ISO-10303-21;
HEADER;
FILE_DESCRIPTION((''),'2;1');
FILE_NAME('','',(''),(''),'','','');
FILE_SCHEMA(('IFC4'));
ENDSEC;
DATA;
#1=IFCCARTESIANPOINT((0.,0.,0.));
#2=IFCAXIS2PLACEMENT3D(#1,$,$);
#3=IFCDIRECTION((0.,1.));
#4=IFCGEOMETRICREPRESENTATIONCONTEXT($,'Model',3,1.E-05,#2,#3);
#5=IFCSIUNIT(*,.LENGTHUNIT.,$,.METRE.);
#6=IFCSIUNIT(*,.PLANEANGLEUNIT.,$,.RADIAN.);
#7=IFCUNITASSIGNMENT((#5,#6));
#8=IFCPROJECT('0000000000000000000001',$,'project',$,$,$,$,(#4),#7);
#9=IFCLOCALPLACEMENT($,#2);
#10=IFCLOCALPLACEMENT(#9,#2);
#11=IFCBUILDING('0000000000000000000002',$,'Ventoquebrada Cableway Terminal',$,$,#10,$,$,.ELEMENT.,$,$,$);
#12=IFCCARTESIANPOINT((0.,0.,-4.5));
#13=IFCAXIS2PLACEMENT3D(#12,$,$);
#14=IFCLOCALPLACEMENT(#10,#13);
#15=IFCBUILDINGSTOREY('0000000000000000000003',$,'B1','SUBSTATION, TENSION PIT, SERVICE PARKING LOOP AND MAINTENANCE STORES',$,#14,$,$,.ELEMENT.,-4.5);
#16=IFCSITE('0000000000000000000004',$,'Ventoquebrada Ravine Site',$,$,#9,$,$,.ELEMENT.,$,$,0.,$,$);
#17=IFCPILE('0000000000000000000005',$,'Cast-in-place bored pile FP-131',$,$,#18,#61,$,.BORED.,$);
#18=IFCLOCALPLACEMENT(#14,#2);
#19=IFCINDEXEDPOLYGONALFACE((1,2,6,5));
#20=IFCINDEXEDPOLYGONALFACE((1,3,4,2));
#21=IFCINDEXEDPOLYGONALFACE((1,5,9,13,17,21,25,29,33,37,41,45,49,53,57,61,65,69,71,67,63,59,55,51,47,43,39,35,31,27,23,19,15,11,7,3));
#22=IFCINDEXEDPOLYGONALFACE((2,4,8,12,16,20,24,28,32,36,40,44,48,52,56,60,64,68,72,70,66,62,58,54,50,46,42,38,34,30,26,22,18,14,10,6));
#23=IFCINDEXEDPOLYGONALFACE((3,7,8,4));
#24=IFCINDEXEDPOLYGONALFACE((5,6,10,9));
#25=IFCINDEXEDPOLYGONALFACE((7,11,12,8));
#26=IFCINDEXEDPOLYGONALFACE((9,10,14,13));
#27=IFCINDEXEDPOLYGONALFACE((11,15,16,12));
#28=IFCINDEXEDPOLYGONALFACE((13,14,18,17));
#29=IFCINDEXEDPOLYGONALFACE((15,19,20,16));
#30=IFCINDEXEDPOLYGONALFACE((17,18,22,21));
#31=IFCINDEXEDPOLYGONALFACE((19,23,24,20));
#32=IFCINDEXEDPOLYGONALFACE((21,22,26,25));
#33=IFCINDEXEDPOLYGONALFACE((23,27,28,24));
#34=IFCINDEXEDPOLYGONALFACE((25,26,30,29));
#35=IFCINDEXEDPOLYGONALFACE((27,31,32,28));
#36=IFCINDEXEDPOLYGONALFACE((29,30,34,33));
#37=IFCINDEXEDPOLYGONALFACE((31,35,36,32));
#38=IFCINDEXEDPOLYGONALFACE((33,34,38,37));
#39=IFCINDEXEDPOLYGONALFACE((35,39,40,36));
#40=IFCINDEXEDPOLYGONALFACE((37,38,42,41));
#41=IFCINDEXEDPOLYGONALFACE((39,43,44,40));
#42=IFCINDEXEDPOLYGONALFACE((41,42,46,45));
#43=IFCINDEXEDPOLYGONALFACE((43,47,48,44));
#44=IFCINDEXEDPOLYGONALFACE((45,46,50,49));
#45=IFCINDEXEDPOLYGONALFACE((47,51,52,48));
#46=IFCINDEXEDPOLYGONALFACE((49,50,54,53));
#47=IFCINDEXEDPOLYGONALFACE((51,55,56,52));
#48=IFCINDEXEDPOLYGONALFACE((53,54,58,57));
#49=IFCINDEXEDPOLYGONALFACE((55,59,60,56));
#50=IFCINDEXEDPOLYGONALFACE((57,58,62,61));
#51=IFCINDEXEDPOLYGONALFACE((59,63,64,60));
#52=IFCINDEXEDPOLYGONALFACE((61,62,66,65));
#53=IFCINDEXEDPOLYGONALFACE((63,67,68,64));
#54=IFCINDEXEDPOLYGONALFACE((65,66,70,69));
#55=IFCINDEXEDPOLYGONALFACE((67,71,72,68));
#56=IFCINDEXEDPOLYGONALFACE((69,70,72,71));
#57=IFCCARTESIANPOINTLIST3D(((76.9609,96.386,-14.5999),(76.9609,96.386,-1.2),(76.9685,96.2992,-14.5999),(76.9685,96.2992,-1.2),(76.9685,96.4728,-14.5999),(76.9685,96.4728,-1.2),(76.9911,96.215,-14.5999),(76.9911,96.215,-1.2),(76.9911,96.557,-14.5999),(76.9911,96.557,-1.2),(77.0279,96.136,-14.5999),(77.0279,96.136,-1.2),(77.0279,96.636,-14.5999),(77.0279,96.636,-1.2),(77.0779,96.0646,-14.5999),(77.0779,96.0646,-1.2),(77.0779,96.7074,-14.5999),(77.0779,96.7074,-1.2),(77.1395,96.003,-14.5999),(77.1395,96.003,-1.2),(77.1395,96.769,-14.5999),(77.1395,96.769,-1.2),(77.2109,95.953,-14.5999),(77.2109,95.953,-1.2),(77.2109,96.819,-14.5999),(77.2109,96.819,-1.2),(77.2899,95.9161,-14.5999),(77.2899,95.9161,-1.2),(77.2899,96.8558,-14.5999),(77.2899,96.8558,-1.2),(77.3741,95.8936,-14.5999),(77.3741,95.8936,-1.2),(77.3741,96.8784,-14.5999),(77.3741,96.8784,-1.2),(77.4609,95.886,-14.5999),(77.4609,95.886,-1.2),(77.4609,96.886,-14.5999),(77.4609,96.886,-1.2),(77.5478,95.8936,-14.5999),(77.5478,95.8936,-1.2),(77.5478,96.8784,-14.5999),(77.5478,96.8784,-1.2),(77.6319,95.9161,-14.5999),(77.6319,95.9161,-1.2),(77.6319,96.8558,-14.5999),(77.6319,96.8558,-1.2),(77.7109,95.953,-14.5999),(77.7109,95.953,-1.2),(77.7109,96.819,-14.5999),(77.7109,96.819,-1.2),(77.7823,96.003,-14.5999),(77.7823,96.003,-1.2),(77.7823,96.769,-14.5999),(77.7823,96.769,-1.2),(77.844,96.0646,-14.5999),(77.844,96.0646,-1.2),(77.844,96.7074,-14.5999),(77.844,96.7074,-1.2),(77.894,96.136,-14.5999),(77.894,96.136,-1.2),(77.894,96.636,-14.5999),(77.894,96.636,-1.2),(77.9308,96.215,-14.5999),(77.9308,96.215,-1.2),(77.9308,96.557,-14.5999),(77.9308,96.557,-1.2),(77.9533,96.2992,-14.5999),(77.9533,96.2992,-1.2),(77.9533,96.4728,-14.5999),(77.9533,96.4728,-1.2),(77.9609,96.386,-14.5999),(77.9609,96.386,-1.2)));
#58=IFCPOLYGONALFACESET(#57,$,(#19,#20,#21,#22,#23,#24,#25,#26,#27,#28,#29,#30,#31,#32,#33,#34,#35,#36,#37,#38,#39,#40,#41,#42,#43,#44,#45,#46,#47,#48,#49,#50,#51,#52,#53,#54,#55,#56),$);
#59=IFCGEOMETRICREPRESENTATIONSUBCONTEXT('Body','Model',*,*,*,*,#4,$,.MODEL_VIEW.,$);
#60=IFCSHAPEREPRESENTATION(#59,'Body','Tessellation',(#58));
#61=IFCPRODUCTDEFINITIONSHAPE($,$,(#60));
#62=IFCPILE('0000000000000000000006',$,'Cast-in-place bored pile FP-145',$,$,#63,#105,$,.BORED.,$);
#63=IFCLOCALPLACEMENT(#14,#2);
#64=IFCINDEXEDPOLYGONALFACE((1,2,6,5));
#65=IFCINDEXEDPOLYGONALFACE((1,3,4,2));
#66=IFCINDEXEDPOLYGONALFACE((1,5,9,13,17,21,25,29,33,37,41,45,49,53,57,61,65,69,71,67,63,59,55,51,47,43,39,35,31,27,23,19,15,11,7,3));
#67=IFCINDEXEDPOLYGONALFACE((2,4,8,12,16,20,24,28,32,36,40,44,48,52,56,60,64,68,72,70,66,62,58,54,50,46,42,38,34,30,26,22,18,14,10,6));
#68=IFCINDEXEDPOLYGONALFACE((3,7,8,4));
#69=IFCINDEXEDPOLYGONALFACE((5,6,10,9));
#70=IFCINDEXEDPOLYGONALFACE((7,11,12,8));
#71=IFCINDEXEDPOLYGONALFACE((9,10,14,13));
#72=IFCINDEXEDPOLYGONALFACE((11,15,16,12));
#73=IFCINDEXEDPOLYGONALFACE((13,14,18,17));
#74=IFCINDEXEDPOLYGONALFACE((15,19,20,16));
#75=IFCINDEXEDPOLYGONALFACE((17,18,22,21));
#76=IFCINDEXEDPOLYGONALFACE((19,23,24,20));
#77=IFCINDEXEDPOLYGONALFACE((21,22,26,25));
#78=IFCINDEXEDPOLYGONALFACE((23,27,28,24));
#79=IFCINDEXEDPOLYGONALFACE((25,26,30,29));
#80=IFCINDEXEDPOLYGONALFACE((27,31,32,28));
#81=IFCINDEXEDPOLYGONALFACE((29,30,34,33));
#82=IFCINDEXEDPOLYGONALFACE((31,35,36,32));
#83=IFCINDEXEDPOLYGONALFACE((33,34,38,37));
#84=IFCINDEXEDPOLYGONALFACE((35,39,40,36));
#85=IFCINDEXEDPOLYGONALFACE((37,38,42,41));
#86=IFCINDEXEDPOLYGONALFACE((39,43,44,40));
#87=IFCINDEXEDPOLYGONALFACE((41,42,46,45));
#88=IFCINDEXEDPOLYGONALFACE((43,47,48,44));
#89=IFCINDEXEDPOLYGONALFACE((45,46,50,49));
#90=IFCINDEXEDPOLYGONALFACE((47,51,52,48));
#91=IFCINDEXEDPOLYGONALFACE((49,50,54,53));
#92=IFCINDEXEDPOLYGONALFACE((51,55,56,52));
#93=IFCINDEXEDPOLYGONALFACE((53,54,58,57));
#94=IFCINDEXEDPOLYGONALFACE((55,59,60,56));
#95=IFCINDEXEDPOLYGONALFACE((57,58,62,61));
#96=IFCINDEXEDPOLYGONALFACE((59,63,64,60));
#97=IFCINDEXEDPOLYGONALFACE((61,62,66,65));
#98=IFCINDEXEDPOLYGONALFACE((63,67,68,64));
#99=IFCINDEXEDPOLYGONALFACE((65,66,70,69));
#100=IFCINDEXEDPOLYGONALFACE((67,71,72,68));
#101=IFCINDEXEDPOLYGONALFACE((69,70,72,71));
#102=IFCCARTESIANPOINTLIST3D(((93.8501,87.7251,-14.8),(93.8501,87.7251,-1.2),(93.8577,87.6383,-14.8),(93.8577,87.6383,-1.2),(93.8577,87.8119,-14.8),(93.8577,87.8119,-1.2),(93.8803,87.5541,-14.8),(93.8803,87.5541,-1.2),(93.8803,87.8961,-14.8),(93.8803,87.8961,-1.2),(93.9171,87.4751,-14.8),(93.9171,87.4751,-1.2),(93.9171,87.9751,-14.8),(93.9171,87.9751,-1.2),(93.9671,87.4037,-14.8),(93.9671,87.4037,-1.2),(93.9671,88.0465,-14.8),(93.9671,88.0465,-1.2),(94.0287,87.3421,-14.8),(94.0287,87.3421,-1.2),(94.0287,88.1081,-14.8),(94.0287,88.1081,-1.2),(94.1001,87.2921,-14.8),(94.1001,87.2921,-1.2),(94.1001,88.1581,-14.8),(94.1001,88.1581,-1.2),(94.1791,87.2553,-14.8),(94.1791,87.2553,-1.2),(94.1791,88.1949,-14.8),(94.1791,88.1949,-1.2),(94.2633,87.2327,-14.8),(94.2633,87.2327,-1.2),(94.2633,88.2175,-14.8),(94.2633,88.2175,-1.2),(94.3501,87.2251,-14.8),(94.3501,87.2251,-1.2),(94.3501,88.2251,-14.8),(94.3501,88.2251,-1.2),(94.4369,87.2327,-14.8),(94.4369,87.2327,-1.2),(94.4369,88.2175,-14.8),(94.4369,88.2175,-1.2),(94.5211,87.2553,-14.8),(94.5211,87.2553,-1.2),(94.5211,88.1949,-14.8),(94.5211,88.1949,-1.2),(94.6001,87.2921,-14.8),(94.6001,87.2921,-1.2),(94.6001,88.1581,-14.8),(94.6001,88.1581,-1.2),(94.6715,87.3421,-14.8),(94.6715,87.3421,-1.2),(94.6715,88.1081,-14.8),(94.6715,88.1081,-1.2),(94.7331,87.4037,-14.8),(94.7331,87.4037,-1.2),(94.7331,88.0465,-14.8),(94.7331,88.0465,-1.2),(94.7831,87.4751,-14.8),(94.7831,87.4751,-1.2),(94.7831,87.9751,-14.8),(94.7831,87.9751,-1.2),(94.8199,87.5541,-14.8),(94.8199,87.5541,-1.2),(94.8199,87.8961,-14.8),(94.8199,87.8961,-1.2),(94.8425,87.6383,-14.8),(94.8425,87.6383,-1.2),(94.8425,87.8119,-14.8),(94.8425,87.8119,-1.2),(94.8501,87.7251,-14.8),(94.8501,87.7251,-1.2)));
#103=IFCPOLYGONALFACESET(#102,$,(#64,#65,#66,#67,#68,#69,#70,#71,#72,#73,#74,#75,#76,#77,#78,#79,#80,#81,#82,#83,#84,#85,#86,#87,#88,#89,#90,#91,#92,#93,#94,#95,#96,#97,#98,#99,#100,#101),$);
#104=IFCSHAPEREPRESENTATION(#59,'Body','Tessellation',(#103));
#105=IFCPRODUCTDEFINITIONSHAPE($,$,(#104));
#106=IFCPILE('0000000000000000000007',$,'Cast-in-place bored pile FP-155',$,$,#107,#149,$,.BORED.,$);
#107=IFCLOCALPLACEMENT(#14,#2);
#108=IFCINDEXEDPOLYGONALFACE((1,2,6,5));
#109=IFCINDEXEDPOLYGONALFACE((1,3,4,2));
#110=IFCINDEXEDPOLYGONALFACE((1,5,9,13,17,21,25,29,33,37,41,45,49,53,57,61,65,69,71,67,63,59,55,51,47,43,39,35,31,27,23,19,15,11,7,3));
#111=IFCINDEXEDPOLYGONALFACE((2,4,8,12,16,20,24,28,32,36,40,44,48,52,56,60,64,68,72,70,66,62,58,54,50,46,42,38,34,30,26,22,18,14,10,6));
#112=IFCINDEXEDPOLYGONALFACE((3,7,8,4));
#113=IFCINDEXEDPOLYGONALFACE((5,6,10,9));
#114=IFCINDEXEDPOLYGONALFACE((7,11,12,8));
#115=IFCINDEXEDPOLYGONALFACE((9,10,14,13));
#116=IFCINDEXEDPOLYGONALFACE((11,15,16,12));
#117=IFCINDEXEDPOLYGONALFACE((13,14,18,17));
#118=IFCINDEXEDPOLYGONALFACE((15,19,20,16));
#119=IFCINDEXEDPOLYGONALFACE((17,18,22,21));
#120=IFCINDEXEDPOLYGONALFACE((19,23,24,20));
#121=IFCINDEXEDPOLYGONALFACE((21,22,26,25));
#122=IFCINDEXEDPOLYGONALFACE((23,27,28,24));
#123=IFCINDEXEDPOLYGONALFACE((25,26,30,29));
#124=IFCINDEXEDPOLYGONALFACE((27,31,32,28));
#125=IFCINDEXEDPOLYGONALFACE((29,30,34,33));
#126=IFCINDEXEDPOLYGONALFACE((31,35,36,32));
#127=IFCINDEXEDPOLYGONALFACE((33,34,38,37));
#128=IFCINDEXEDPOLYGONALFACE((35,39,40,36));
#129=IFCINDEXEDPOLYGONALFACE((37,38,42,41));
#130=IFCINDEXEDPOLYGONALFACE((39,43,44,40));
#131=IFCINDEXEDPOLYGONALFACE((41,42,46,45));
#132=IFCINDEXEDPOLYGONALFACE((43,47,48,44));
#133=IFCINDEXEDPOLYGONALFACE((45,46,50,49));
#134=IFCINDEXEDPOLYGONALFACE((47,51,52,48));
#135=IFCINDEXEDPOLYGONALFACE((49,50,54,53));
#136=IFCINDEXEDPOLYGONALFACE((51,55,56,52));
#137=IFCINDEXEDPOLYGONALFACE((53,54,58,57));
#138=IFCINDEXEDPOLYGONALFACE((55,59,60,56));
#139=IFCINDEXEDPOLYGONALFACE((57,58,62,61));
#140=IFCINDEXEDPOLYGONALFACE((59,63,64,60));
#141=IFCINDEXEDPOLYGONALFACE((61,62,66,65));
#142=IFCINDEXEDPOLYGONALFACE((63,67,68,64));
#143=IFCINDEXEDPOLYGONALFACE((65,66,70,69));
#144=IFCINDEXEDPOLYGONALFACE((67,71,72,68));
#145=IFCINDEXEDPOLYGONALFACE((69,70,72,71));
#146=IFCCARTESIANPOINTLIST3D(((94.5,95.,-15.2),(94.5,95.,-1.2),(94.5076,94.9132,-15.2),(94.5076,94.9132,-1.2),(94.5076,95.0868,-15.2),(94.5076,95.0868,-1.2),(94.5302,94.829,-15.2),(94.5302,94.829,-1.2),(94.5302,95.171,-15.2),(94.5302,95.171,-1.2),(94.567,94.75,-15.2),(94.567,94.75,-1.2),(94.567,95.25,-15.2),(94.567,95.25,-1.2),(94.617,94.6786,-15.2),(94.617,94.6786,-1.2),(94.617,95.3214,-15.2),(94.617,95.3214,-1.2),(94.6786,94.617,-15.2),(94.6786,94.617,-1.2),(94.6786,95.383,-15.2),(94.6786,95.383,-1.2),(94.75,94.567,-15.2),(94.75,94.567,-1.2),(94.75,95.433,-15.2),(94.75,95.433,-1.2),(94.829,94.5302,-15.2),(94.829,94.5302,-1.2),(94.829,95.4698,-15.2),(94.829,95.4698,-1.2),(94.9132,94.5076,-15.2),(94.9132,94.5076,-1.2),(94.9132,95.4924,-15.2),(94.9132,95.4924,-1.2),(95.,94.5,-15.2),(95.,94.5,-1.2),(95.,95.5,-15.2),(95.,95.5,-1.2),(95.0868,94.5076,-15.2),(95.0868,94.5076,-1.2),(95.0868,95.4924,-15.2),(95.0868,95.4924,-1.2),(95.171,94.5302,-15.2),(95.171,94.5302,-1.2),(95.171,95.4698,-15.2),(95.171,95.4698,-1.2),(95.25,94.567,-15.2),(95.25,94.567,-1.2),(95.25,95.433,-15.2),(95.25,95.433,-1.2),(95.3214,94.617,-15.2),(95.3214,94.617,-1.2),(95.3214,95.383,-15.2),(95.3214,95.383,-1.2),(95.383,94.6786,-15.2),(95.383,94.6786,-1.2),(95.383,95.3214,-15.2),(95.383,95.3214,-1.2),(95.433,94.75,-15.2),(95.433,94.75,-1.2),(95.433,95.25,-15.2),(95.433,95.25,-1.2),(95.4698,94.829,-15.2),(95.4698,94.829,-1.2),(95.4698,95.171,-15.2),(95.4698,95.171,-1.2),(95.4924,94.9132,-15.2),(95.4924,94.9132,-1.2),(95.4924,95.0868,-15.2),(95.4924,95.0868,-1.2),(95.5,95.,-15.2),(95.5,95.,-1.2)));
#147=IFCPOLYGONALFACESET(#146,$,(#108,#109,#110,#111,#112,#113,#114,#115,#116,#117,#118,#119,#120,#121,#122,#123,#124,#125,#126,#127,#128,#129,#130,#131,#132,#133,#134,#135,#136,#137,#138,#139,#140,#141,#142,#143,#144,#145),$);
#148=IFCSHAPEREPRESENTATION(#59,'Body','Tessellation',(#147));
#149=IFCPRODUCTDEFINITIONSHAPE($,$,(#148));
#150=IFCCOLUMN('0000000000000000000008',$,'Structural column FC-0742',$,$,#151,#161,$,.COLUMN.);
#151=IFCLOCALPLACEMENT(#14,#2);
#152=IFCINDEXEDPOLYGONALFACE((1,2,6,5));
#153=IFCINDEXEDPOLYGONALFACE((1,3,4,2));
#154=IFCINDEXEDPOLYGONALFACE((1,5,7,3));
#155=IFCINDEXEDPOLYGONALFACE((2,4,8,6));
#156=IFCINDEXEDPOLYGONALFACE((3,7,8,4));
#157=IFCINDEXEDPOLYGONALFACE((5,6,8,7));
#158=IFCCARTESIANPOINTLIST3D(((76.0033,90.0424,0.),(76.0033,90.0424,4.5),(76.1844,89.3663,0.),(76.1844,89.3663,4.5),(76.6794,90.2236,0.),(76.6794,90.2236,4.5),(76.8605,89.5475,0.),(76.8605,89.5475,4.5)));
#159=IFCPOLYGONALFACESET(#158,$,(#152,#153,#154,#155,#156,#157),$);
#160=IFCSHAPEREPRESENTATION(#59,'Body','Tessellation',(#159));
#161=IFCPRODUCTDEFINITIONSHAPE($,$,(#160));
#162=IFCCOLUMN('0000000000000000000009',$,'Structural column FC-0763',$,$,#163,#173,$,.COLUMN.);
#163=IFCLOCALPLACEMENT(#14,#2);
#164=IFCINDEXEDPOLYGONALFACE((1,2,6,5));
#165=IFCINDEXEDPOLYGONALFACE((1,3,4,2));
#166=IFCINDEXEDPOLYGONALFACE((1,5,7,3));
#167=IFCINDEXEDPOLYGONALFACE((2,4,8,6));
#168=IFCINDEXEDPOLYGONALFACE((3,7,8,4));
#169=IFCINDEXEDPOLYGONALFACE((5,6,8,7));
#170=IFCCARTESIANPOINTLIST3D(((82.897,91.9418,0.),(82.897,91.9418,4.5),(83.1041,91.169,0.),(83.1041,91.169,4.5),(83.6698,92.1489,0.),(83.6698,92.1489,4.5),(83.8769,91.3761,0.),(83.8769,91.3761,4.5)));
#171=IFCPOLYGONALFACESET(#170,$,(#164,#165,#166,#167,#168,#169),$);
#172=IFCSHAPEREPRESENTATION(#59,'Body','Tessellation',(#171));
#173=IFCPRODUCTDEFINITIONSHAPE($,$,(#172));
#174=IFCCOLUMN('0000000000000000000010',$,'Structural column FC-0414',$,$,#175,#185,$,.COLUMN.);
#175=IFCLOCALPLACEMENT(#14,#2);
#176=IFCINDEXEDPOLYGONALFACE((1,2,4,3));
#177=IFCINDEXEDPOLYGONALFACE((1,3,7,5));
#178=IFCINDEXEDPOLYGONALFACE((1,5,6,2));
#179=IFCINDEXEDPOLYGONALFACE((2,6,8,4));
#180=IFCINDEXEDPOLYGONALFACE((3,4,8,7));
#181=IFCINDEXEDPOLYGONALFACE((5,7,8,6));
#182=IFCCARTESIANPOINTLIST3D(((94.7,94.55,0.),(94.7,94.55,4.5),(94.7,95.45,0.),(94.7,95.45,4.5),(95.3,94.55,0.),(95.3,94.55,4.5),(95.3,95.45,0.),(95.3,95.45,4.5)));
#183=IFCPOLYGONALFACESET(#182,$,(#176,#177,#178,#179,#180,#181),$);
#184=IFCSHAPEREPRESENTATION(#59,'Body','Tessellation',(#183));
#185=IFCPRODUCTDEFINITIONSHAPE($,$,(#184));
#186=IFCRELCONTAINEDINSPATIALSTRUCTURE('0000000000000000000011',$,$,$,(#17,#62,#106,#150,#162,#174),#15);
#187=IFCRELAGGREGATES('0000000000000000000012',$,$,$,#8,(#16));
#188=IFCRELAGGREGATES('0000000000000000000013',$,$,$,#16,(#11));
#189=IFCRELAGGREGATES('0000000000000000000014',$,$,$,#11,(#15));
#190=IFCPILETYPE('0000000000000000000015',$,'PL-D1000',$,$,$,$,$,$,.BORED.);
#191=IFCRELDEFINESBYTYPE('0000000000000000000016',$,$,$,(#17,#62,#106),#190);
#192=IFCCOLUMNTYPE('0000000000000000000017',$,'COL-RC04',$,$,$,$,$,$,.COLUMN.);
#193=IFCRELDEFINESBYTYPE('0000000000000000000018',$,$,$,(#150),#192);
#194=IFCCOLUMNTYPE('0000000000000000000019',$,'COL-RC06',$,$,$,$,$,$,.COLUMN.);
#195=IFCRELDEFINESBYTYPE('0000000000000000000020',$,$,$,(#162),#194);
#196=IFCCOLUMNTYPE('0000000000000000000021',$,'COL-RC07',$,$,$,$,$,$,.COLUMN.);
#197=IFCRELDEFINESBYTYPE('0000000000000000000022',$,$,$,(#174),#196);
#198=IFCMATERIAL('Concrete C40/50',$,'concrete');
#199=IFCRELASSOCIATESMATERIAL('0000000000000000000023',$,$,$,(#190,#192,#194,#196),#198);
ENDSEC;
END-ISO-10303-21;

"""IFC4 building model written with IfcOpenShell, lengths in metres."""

from ifc_helpers import new_model, si_unit, direction, frame, origin, origin_2d, place, context, subcontext, project, spatial, rectangle, circle, extrude, material, material_profile, profile_set, type_object, element, save


model = new_model("IFC4")

# Units and contexts
model_context = context("Model", 3, precision=1e-05, world=origin(), true_north=direction((0.0, 1.0)))
body_context = subcontext(model_context, "Body", "Model", "MODEL_VIEW")
ifc_project = project(units=[si_unit("LENGTHUNIT", "METRE"), si_unit("PLANEANGLEUNIT", "RADIAN")], contexts=[model_context])

# Site, building, storey
site_placement = place(None, origin())
site = spatial("IfcSite", under=ifc_project, at=site_placement, Name="Ventoquebrada Ravine Site", CompositionType="ELEMENT", RefElevation=0.0)
building_placement = place(site_placement, origin())
building = spatial("IfcBuilding", under=site, at=building_placement, Name="Ventoquebrada Cableway Terminal", CompositionType="ELEMENT")
storey_placement = place(building_placement, frame((0.0, 0.0, -4.5)))
storey = spatial("IfcBuildingStorey", under=building, at=storey_placement, Name="B1", Description="SUBSTATION, TENSION PIT, SERVICE PARKING LOOP AND MAINTENANCE STORES", CompositionType="ELEMENT", Elevation=-4.5)

# Shared definitions
ifc_material = material(Name="Concrete C40/50", Category="concrete")

# Piles
ifc_material_profile_1 = material_profile(ifc_material, circle(Radius=0.5, at=origin_2d()), Name="PILE-D1000")
ifc_profile_set_1 = profile_set([ifc_material_profile_1], Name="Concrete C40/50")
pile_type = type_object("IfcPileType", Name="PL-D1000", PredefinedType="BORED", material=ifc_profile_set_1)
for number, where, z_axis, x_axis, name in (
    (1, (77.4609, 96.386, -1.2), (0.0, 0.0, -1.0), (1.0, 0.0, 0.0), "Cast-in-place bored pile FP-131"),
):
    element("IfcPile", number, at=place(storey_placement, frame(where, z_axis=z_axis, x_axis=x_axis)), inside=storey, type_object=pile_type, Name=name, PredefinedType="BORED", context=body_context, shape_type="SweptSolid", body=[
        extrude(circle(Radius=0.5, at=origin_2d()), origin(), (0.0, 0.0, 1.0), 13.3999),
    ])
pile_1_placement = place(storey_placement, frame((94.3501, 87.7251, -1.2), z_axis=(0.0, 0.0, -1.0), x_axis=(1.0, 0.0, 0.0)))
element("IfcPile", 2, at=pile_1_placement, inside=storey, type_object=pile_type, Name="Cast-in-place bored pile FP-145", PredefinedType="BORED", context=body_context, shape_type="SweptSolid", body=[
    extrude(circle(Radius=0.5, at=origin_2d()), origin(), (0.0, 0.0, 1.0), 13.6001),
])
pile_2_placement = place(storey_placement, frame((95.0, 95.0, -1.2), z_axis=(0.0, 0.0, -1.0), x_axis=(1.0, 0.0, 0.0)))
element("IfcPile", 3, at=pile_2_placement, inside=storey, type_object=pile_type, Name="Cast-in-place bored pile FP-155", PredefinedType="BORED", context=body_context, shape_type="SweptSolid", body=[
    extrude(circle(Radius=0.5, at=origin_2d()), origin(), (0.0, 0.0, 1.0), 14.0),
])

# Columns
ifc_material_profile_2 = material_profile(ifc_material, rectangle(XDim=0.7, YDim=0.7, at=origin_2d()), Name="RC-COL-700X700")
ifc_profile_set_2 = profile_set([ifc_material_profile_2], Name="Concrete C40/50")
column_type_1 = type_object("IfcColumnType", Name="COL-RC04", PredefinedType="COLUMN", material=ifc_profile_set_2)
column_1_placement = place(storey_placement, frame((76.4319, 89.7949, 0.0), z_axis=(0.0, 0.0, 1.0), x_axis=(0.965926, 0.258819, 0.0)))
element("IfcColumn", 4, at=column_1_placement, inside=storey, type_object=column_type_1, Name="Structural column FC-0742", PredefinedType="COLUMN", context=body_context, shape_type="SweptSolid", body=[
    extrude(rectangle(XDim=0.7, YDim=0.7, at=origin_2d()), origin(), (0.0, 0.0, 1.0), 4.5),
])
ifc_material_profile_3 = material_profile(ifc_material, rectangle(XDim=0.8, YDim=0.8, at=origin_2d()), Name="RC-COL-800X800")
ifc_profile_set_3 = profile_set([ifc_material_profile_3], Name="Concrete C40/50")
column_type_2 = type_object("IfcColumnType", Name="COL-RC06", PredefinedType="COLUMN", material=ifc_profile_set_3)
column_2_placement = place(storey_placement, frame((83.387, 91.6589, 0.0), z_axis=(0.0, 0.0, 1.0), x_axis=(0.965926, 0.258819, 0.0)))
element("IfcColumn", 5, at=column_2_placement, inside=storey, type_object=column_type_2, Name="Structural column FC-0763", PredefinedType="COLUMN", context=body_context, shape_type="SweptSolid", body=[
    extrude(rectangle(XDim=0.8, YDim=0.8, at=origin_2d()), origin(), (0.0, 0.0, 1.0), 4.5),
])
ifc_material_profile_4 = material_profile(ifc_material, rectangle(XDim=0.6001, YDim=0.8999, at=origin_2d()), Name="RC-COL-900X600")
ifc_profile_set_4 = profile_set([ifc_material_profile_4], Name="Concrete C40/50")
column_type_3 = type_object("IfcColumnType", Name="COL-RC07", PredefinedType="COLUMN", material=ifc_profile_set_4)
column_3_placement = place(storey_placement, frame((95.0, 95.0, 0.0), z_axis=(0.0, 0.0, 1.0), x_axis=(1.0, 0.0, 0.0)))
element("IfcColumn", 6, at=column_3_placement, inside=storey, type_object=column_type_3, Name="Structural column FC-0414", PredefinedType="COLUMN", context=body_context, shape_type="SweptSolid", body=[
    extrude(rectangle(XDim=0.6001, YDim=0.8999, at=origin_2d()), origin(), (0.0, 0.0, 1.0), 4.5),
])

save(model, "model.ifc")
